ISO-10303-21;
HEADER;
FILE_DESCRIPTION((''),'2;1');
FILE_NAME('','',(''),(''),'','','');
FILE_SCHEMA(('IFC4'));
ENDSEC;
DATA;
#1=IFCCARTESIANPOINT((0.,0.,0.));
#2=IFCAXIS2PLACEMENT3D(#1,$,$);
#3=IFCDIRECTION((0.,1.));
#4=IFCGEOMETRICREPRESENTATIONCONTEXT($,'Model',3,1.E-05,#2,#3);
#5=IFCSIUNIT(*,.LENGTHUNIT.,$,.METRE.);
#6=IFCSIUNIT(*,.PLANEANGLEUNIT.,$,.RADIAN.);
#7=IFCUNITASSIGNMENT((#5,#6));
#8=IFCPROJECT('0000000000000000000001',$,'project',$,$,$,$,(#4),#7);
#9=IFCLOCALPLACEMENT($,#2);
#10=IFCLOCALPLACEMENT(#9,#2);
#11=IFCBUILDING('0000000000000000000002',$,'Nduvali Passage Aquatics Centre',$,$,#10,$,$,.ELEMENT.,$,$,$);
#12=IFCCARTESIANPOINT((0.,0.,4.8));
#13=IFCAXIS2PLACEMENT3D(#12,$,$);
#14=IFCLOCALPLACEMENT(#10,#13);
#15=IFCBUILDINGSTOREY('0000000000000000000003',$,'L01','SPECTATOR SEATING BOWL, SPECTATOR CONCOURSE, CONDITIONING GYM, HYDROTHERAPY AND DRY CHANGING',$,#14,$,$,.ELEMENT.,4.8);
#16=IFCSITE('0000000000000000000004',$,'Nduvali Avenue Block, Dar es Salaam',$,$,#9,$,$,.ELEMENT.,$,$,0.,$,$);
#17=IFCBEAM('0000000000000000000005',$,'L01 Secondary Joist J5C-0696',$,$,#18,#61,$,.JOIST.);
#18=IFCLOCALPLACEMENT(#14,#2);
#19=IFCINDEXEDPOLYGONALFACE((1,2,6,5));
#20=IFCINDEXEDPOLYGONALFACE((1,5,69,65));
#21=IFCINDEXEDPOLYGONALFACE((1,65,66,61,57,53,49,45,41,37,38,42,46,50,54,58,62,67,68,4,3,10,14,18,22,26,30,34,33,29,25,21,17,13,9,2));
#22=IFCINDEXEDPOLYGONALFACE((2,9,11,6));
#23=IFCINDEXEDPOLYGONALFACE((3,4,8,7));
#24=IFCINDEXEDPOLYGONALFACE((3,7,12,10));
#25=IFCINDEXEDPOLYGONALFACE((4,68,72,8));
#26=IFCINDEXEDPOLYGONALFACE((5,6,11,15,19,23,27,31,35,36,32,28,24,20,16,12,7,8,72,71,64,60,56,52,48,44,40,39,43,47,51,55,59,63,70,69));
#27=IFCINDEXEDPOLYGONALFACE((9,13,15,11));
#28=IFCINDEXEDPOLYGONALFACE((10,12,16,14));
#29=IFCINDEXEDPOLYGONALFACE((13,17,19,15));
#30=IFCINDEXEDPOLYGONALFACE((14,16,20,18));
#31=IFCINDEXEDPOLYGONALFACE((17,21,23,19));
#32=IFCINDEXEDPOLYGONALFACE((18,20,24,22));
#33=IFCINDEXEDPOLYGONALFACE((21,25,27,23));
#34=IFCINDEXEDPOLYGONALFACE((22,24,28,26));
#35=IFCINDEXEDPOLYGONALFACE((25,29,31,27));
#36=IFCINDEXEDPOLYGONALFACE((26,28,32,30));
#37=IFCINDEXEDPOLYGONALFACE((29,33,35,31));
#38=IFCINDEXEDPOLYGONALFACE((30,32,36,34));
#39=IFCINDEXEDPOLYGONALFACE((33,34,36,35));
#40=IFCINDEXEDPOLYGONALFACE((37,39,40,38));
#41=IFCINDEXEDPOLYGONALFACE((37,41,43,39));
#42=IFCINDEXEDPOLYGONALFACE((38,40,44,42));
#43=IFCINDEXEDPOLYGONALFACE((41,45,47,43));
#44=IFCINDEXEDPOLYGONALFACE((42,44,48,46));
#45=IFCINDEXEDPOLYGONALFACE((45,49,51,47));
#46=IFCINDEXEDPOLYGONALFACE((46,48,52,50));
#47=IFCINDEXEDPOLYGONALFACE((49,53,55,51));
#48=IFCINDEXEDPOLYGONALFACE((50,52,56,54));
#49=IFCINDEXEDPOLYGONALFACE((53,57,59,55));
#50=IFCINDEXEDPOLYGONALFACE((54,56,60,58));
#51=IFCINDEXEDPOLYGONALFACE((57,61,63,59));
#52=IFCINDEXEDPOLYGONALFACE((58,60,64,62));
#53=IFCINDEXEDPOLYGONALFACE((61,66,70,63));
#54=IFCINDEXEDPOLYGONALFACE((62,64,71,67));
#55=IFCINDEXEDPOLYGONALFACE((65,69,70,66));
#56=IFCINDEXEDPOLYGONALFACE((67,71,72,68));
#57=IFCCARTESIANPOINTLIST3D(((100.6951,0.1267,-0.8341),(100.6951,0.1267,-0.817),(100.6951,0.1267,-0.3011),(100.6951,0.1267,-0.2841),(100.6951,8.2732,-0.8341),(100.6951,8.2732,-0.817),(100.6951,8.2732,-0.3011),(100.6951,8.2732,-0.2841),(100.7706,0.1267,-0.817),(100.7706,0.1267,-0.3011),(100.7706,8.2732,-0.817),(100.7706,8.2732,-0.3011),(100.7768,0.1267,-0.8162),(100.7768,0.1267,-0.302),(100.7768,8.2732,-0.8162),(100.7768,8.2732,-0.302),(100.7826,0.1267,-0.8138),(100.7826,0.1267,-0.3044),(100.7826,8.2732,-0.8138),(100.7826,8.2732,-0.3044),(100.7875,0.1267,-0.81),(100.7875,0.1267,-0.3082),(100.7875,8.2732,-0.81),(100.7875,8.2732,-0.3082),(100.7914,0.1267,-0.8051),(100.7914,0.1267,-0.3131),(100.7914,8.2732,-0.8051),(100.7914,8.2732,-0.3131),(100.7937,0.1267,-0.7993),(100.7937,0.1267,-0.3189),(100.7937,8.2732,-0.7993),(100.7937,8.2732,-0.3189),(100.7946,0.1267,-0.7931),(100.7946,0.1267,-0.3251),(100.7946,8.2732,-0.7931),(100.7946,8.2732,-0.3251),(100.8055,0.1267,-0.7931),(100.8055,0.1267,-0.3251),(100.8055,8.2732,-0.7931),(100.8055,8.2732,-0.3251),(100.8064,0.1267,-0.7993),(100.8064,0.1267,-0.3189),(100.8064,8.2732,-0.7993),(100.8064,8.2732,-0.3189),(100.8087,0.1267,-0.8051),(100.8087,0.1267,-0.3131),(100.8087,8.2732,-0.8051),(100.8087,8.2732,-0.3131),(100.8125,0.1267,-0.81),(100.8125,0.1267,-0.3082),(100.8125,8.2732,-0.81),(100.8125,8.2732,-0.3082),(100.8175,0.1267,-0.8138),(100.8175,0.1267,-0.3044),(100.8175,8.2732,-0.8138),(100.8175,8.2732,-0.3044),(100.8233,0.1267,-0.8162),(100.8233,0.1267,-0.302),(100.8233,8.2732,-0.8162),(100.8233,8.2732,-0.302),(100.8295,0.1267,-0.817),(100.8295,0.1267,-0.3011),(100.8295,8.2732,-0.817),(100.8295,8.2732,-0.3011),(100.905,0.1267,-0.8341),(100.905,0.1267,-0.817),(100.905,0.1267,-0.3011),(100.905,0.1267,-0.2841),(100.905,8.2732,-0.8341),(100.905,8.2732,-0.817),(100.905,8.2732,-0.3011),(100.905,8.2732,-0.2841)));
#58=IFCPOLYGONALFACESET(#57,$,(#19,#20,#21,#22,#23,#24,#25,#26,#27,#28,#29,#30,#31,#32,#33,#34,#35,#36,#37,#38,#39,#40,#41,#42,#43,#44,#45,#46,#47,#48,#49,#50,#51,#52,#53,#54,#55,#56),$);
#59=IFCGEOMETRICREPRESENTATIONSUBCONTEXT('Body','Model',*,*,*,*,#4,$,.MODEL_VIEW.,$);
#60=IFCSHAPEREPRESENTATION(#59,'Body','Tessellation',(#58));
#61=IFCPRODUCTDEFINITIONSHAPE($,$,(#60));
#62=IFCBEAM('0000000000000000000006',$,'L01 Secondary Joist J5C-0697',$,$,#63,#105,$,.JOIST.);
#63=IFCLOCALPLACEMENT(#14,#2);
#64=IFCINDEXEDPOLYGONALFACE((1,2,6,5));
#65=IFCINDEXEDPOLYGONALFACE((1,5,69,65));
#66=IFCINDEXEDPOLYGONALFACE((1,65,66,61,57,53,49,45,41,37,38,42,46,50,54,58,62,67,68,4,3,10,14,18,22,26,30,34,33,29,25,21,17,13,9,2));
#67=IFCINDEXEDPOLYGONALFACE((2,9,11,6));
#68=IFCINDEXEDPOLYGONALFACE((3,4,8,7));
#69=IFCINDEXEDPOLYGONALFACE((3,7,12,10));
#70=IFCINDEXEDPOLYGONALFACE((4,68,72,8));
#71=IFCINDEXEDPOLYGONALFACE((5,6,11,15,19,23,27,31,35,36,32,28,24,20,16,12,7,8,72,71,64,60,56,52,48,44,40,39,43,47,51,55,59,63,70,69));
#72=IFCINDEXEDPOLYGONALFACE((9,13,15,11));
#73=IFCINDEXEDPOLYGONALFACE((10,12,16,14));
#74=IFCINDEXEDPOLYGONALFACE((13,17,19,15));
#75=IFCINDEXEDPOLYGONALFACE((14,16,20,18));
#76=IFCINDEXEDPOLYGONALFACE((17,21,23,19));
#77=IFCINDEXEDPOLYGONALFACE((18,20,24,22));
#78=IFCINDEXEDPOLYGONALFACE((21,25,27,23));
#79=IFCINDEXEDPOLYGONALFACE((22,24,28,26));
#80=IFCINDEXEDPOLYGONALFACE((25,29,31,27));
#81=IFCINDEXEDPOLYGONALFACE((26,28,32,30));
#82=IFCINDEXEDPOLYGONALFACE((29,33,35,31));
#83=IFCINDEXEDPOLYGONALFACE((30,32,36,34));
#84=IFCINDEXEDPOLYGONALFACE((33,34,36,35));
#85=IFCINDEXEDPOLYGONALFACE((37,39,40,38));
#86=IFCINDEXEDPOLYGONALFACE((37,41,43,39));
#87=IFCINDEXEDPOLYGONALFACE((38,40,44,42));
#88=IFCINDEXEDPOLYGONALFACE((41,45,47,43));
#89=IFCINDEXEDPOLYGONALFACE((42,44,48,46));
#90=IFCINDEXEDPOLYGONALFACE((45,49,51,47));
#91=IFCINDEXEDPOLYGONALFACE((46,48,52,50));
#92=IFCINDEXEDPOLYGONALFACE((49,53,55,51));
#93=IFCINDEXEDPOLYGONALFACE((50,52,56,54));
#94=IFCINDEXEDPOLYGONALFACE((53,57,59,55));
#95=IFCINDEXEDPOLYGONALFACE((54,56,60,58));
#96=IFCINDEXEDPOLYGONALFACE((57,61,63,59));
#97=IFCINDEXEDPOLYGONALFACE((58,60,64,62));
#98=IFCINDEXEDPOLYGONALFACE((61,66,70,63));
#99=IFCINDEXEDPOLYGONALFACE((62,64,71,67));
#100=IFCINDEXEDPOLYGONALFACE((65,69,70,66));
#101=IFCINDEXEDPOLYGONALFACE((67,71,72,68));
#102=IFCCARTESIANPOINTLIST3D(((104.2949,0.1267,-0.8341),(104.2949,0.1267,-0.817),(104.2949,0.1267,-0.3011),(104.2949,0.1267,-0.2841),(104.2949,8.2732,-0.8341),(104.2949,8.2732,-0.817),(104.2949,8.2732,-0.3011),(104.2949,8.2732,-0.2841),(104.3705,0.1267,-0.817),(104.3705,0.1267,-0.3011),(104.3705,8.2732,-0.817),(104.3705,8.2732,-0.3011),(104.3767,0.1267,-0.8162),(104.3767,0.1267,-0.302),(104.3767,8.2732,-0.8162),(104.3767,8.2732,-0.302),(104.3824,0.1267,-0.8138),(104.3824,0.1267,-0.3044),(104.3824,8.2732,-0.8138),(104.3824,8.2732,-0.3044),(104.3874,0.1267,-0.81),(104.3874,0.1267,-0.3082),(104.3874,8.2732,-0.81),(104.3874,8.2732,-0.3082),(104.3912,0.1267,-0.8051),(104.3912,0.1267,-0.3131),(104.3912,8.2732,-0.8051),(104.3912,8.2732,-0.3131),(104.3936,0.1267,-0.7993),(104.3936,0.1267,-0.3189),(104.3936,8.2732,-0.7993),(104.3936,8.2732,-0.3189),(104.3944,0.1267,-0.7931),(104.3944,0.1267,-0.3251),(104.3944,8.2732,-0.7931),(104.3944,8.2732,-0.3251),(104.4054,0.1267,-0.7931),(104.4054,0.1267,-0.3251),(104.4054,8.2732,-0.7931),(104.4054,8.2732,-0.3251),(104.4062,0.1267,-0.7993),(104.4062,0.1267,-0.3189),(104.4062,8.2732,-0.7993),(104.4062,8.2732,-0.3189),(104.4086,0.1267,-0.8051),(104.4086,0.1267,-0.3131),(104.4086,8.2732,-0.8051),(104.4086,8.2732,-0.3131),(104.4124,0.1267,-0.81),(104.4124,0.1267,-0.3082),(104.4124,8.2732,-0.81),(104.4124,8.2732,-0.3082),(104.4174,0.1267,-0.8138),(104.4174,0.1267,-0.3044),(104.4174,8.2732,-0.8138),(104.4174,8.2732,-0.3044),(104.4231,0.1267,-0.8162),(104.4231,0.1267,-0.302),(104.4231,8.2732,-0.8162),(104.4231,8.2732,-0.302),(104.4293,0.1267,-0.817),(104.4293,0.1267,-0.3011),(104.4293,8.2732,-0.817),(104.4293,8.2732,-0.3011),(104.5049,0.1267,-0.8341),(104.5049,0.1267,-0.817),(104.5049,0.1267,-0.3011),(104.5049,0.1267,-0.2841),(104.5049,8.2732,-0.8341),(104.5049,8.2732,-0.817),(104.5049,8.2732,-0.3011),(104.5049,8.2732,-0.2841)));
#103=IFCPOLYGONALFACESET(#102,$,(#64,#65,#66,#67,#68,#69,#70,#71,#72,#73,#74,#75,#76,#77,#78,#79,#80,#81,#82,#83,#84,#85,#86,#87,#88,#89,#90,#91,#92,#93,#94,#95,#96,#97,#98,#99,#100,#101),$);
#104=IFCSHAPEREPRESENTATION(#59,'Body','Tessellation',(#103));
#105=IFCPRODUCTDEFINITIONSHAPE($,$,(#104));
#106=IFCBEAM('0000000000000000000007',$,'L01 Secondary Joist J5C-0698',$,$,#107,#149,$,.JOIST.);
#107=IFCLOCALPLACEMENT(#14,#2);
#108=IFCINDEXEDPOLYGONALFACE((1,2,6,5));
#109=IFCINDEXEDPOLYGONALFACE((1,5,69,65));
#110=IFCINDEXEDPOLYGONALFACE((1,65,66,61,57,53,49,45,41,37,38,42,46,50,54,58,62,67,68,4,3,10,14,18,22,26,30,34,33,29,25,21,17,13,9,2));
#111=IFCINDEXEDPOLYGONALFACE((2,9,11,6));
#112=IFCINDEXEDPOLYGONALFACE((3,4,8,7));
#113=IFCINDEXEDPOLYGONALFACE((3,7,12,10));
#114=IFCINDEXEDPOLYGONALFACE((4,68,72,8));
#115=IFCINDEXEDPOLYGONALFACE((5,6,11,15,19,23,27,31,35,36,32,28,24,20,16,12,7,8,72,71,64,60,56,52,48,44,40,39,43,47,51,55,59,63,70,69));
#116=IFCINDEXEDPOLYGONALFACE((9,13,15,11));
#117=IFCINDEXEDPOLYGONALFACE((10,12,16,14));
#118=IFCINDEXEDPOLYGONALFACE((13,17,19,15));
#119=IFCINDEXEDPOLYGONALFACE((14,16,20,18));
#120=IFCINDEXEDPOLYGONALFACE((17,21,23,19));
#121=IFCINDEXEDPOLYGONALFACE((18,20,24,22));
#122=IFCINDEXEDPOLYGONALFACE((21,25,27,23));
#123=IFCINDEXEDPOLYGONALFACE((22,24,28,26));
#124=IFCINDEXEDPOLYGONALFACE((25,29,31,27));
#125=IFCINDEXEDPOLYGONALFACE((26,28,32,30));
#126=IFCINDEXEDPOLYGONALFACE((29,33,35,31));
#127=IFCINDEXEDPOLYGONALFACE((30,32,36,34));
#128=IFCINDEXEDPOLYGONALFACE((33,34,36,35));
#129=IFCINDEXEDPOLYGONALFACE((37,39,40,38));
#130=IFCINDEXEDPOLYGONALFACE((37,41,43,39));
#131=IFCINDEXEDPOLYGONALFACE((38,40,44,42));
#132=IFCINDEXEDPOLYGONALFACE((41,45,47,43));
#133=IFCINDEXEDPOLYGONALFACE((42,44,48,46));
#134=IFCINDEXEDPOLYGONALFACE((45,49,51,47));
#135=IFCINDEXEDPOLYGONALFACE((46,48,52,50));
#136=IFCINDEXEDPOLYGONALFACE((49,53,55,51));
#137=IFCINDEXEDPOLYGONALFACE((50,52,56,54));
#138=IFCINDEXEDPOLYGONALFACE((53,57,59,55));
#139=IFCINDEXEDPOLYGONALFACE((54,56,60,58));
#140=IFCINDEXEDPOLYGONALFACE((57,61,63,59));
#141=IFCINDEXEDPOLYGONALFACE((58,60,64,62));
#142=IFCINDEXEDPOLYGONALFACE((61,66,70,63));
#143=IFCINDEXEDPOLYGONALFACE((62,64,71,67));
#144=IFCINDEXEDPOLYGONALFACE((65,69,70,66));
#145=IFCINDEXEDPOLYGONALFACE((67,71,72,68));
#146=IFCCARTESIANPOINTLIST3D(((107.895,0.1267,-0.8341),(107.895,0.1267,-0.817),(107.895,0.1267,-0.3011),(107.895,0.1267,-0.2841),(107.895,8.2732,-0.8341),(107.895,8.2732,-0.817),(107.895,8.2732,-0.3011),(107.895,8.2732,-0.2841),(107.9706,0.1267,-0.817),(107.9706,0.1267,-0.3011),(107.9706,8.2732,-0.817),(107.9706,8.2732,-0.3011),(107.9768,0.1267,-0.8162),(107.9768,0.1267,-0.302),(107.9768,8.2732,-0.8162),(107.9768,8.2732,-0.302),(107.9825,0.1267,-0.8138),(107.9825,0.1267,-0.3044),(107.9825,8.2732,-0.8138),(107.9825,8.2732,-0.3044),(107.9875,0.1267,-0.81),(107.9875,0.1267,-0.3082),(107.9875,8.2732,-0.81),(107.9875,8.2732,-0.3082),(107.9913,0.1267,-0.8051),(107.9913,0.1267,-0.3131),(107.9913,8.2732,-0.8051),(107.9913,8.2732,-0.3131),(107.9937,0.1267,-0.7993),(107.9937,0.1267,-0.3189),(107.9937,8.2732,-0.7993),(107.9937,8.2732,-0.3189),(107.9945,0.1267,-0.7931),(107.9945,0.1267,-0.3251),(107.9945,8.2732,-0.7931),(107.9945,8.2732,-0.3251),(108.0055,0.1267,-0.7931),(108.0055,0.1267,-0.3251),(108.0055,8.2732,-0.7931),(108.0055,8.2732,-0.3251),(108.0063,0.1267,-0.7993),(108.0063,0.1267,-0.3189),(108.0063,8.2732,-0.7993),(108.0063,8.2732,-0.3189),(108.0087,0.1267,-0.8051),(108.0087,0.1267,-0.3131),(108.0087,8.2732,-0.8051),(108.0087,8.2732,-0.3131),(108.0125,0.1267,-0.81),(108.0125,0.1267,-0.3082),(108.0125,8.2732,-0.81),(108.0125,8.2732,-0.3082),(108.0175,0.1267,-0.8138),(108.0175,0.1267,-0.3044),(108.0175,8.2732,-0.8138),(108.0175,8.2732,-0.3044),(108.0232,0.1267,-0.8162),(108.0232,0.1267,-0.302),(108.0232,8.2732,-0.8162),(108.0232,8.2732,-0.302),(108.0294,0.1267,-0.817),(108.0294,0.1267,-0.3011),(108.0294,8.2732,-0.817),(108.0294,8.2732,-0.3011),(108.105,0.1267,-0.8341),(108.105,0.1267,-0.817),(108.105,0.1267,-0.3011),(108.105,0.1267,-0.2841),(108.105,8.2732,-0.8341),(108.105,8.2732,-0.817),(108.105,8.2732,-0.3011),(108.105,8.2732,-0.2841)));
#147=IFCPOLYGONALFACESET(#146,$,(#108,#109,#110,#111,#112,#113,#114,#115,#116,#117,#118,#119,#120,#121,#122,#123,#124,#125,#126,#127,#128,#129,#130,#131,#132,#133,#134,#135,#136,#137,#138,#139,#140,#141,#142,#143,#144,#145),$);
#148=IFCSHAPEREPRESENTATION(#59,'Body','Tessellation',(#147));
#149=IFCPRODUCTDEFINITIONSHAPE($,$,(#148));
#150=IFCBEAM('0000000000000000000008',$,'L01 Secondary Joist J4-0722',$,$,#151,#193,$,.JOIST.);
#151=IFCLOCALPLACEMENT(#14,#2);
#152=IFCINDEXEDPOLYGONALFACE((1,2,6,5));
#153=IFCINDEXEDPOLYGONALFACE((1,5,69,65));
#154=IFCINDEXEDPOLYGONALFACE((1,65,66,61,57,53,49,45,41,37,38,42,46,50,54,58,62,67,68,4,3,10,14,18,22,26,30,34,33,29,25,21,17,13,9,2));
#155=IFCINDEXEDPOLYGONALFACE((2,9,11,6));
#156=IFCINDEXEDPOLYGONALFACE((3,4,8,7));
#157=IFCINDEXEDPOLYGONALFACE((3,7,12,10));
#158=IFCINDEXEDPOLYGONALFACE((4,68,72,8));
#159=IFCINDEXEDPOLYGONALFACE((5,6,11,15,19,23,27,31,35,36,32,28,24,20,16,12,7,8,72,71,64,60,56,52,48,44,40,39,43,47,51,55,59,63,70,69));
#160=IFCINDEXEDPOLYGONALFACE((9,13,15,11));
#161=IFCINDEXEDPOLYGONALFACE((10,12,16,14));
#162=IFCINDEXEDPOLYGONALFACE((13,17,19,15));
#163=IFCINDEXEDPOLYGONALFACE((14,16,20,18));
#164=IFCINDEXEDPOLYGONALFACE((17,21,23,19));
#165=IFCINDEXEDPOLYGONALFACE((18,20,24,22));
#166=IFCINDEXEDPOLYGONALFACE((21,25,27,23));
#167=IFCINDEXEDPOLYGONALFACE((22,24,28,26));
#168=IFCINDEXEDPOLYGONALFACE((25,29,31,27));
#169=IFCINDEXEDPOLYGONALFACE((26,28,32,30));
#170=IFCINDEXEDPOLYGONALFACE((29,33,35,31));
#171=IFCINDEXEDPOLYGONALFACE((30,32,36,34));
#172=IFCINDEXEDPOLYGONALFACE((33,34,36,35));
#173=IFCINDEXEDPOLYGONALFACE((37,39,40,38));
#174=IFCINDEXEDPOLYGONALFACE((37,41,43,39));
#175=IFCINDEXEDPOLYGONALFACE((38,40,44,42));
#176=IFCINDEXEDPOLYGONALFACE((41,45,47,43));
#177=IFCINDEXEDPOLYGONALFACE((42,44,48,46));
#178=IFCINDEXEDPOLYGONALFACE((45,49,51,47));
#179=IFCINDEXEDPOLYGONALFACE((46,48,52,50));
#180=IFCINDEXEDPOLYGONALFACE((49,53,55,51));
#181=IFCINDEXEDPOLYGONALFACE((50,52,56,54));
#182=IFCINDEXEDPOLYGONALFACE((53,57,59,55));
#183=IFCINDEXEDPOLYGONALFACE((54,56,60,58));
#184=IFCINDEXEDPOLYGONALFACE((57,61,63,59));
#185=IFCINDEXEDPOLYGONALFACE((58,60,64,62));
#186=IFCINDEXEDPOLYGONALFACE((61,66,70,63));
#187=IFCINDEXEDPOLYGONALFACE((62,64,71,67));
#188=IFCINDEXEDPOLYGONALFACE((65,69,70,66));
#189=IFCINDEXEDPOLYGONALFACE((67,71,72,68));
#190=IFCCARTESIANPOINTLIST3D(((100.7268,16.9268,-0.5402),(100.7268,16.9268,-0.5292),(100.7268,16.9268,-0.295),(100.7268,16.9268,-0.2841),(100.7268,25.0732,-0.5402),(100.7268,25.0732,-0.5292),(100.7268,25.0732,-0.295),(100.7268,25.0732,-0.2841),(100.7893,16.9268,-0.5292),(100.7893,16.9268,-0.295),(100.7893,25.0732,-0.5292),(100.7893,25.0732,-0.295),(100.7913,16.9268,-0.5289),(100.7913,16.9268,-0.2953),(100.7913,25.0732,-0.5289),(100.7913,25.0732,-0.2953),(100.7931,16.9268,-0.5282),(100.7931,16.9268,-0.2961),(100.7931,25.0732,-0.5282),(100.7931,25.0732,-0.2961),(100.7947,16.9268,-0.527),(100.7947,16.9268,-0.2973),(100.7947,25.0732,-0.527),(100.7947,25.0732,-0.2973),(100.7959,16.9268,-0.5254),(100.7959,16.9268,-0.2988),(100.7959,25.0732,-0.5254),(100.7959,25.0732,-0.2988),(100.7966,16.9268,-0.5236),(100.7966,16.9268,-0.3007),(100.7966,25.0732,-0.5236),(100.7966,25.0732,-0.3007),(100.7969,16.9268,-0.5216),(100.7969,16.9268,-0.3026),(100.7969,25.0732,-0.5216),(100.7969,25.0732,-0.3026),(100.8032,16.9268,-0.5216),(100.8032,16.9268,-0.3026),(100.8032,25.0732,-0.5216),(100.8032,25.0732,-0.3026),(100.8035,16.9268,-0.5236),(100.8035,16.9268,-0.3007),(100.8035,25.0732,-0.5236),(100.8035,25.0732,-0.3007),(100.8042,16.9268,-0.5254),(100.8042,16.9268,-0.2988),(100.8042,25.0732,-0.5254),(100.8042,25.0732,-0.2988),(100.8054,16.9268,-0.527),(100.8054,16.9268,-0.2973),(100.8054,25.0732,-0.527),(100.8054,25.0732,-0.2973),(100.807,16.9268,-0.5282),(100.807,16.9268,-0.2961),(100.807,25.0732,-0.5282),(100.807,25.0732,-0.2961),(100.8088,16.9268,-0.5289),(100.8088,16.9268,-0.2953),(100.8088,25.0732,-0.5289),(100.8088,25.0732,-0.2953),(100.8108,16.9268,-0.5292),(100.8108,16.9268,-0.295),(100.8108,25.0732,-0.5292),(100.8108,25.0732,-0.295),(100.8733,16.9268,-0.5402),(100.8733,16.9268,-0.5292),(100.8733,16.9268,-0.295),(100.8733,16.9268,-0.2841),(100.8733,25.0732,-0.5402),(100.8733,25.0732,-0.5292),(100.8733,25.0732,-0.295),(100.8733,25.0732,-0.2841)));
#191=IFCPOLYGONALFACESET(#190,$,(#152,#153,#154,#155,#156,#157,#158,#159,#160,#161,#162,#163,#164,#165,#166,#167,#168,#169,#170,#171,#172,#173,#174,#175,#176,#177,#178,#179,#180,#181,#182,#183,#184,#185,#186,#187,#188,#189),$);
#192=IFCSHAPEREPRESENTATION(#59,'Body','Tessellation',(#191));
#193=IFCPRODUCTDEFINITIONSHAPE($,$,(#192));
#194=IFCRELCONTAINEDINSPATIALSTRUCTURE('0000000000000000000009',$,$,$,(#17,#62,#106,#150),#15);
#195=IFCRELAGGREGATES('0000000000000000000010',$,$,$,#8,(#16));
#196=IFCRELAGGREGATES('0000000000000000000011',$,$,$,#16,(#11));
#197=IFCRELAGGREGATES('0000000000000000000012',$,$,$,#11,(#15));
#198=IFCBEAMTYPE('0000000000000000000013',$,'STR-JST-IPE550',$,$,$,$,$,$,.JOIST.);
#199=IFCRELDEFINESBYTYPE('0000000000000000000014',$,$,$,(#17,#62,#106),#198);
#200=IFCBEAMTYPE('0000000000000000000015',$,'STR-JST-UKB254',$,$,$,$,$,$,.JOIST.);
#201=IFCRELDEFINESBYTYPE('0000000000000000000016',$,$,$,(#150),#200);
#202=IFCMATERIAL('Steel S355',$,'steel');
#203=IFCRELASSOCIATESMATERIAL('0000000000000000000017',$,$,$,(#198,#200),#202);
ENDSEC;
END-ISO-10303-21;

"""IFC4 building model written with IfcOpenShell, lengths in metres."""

from ifc_helpers import new_model, si_unit, direction, frame, origin, origin_2d, place, context, subcontext, project, spatial, i_section, extrude, material, material_profile, profile_set, type_object, element, save


model = new_model("IFC4")

# Units and contexts
model_context = context("Model", 3, precision=1e-05, world=origin(), true_north=direction((0.0, 1.0)))
body_context = subcontext(model_context, "Body", "Model", "MODEL_VIEW")
ifc_project = project(units=[si_unit("LENGTHUNIT", "METRE"), si_unit("PLANEANGLEUNIT", "RADIAN")], contexts=[model_context])

# Site, building, storey
site_placement = place(None, origin())
site = spatial("IfcSite", under=ifc_project, at=site_placement, Name="Nduvali Avenue Block, Dar es Salaam", CompositionType="ELEMENT", RefElevation=0.0)
building_placement = place(site_placement, origin())
building = spatial("IfcBuilding", under=site, at=building_placement, Name="Nduvali Passage Aquatics Centre", CompositionType="ELEMENT")
storey_placement = place(building_placement, frame((0.0, 0.0, 4.8)))
storey = spatial("IfcBuildingStorey", under=building, at=storey_placement, Name="L01", Description="SPECTATOR SEATING BOWL, SPECTATOR CONCOURSE, CONDITIONING GYM, HYDROTHERAPY AND DRY CHANGING", CompositionType="ELEMENT", Elevation=4.8)

# Beams
ifc_material_1 = material(Name="Steel S355", Category="steel")
ifc_material_profile_1 = material_profile(ifc_material_1, i_section(OverallWidth=0.21, OverallDepth=0.55, WebThickness=0.011, FlangeThickness=0.0171, FilletRadius=0.0239, at=origin_2d()), Name="IPE 550")
ifc_profile_set_1 = profile_set([ifc_material_profile_1], Name="Steel S355")
beam_type_1 = type_object("IfcBeamType", Name="STR-JST-IPE550", PredefinedType="JOIST", material=ifc_profile_set_1)
for number, where, z_axis, x_axis, name in (
    (1, (100.8, 0.1267, -0.5591), (0.0, 1.0, 0.0), (-1.0, 0.0, 0.0), "L01 Secondary Joist J5C-0696"),
    (2, (104.3999, 0.1267, -0.5591), (0.0, 1.0, 0.0), (-1.0, 0.0, 0.0), "L01 Secondary Joist J5C-0697"),
    (3, (108.0, 0.1267, -0.5591), (0.0, 1.0, 0.0), (-1.0, 0.0, 0.0), "L01 Secondary Joist J5C-0698"),
):
    element("IfcBeam", number, at=place(storey_placement, frame(where, z_axis=z_axis, x_axis=x_axis)), inside=storey, type_object=beam_type_1, Name=name, PredefinedType="JOIST", context=body_context, shape_type="SweptSolid", body=[
        extrude(i_section(OverallWidth=0.21, OverallDepth=0.55, WebThickness=0.011, FlangeThickness=0.0171, FilletRadius=0.0239, at=origin_2d()), origin(), (0.0, 0.0, 1.0), 8.1465),
    ])
ifc_material_profile_2 = material_profile(ifc_material_1, i_section(OverallWidth=0.1465, OverallDepth=0.2561, WebThickness=0.0063, FlangeThickness=0.011, FilletRadius=0.0076, at=origin_2d()), Name="UKB 254x146x37")
ifc_profile_set_2 = profile_set([ifc_material_profile_2], Name="Steel S355")
beam_type_2 = type_object("IfcBeamType", Name="STR-JST-UKB254", PredefinedType="JOIST", material=ifc_profile_set_2)
for number, where, z_axis, x_axis, name in (
    (4, (100.8, 16.9268, -0.4121), (0.0, 1.0, 0.0), (-1.0, 0.0, 0.0), "L01 Secondary Joist J4-0722"),
):
    element("IfcBeam", number, at=place(storey_placement, frame(where, z_axis=z_axis, x_axis=x_axis)), inside=storey, type_object=beam_type_2, Name=name, PredefinedType="JOIST", context=body_context, shape_type="SweptSolid", body=[
        extrude(i_section(OverallWidth=0.1465, OverallDepth=0.2561, WebThickness=0.0063, FlangeThickness=0.011, FilletRadius=0.0076, at=origin_2d()), origin(), (0.0, 0.0, 1.0), 8.1465),
    ])

save(model, "model.ifc")
